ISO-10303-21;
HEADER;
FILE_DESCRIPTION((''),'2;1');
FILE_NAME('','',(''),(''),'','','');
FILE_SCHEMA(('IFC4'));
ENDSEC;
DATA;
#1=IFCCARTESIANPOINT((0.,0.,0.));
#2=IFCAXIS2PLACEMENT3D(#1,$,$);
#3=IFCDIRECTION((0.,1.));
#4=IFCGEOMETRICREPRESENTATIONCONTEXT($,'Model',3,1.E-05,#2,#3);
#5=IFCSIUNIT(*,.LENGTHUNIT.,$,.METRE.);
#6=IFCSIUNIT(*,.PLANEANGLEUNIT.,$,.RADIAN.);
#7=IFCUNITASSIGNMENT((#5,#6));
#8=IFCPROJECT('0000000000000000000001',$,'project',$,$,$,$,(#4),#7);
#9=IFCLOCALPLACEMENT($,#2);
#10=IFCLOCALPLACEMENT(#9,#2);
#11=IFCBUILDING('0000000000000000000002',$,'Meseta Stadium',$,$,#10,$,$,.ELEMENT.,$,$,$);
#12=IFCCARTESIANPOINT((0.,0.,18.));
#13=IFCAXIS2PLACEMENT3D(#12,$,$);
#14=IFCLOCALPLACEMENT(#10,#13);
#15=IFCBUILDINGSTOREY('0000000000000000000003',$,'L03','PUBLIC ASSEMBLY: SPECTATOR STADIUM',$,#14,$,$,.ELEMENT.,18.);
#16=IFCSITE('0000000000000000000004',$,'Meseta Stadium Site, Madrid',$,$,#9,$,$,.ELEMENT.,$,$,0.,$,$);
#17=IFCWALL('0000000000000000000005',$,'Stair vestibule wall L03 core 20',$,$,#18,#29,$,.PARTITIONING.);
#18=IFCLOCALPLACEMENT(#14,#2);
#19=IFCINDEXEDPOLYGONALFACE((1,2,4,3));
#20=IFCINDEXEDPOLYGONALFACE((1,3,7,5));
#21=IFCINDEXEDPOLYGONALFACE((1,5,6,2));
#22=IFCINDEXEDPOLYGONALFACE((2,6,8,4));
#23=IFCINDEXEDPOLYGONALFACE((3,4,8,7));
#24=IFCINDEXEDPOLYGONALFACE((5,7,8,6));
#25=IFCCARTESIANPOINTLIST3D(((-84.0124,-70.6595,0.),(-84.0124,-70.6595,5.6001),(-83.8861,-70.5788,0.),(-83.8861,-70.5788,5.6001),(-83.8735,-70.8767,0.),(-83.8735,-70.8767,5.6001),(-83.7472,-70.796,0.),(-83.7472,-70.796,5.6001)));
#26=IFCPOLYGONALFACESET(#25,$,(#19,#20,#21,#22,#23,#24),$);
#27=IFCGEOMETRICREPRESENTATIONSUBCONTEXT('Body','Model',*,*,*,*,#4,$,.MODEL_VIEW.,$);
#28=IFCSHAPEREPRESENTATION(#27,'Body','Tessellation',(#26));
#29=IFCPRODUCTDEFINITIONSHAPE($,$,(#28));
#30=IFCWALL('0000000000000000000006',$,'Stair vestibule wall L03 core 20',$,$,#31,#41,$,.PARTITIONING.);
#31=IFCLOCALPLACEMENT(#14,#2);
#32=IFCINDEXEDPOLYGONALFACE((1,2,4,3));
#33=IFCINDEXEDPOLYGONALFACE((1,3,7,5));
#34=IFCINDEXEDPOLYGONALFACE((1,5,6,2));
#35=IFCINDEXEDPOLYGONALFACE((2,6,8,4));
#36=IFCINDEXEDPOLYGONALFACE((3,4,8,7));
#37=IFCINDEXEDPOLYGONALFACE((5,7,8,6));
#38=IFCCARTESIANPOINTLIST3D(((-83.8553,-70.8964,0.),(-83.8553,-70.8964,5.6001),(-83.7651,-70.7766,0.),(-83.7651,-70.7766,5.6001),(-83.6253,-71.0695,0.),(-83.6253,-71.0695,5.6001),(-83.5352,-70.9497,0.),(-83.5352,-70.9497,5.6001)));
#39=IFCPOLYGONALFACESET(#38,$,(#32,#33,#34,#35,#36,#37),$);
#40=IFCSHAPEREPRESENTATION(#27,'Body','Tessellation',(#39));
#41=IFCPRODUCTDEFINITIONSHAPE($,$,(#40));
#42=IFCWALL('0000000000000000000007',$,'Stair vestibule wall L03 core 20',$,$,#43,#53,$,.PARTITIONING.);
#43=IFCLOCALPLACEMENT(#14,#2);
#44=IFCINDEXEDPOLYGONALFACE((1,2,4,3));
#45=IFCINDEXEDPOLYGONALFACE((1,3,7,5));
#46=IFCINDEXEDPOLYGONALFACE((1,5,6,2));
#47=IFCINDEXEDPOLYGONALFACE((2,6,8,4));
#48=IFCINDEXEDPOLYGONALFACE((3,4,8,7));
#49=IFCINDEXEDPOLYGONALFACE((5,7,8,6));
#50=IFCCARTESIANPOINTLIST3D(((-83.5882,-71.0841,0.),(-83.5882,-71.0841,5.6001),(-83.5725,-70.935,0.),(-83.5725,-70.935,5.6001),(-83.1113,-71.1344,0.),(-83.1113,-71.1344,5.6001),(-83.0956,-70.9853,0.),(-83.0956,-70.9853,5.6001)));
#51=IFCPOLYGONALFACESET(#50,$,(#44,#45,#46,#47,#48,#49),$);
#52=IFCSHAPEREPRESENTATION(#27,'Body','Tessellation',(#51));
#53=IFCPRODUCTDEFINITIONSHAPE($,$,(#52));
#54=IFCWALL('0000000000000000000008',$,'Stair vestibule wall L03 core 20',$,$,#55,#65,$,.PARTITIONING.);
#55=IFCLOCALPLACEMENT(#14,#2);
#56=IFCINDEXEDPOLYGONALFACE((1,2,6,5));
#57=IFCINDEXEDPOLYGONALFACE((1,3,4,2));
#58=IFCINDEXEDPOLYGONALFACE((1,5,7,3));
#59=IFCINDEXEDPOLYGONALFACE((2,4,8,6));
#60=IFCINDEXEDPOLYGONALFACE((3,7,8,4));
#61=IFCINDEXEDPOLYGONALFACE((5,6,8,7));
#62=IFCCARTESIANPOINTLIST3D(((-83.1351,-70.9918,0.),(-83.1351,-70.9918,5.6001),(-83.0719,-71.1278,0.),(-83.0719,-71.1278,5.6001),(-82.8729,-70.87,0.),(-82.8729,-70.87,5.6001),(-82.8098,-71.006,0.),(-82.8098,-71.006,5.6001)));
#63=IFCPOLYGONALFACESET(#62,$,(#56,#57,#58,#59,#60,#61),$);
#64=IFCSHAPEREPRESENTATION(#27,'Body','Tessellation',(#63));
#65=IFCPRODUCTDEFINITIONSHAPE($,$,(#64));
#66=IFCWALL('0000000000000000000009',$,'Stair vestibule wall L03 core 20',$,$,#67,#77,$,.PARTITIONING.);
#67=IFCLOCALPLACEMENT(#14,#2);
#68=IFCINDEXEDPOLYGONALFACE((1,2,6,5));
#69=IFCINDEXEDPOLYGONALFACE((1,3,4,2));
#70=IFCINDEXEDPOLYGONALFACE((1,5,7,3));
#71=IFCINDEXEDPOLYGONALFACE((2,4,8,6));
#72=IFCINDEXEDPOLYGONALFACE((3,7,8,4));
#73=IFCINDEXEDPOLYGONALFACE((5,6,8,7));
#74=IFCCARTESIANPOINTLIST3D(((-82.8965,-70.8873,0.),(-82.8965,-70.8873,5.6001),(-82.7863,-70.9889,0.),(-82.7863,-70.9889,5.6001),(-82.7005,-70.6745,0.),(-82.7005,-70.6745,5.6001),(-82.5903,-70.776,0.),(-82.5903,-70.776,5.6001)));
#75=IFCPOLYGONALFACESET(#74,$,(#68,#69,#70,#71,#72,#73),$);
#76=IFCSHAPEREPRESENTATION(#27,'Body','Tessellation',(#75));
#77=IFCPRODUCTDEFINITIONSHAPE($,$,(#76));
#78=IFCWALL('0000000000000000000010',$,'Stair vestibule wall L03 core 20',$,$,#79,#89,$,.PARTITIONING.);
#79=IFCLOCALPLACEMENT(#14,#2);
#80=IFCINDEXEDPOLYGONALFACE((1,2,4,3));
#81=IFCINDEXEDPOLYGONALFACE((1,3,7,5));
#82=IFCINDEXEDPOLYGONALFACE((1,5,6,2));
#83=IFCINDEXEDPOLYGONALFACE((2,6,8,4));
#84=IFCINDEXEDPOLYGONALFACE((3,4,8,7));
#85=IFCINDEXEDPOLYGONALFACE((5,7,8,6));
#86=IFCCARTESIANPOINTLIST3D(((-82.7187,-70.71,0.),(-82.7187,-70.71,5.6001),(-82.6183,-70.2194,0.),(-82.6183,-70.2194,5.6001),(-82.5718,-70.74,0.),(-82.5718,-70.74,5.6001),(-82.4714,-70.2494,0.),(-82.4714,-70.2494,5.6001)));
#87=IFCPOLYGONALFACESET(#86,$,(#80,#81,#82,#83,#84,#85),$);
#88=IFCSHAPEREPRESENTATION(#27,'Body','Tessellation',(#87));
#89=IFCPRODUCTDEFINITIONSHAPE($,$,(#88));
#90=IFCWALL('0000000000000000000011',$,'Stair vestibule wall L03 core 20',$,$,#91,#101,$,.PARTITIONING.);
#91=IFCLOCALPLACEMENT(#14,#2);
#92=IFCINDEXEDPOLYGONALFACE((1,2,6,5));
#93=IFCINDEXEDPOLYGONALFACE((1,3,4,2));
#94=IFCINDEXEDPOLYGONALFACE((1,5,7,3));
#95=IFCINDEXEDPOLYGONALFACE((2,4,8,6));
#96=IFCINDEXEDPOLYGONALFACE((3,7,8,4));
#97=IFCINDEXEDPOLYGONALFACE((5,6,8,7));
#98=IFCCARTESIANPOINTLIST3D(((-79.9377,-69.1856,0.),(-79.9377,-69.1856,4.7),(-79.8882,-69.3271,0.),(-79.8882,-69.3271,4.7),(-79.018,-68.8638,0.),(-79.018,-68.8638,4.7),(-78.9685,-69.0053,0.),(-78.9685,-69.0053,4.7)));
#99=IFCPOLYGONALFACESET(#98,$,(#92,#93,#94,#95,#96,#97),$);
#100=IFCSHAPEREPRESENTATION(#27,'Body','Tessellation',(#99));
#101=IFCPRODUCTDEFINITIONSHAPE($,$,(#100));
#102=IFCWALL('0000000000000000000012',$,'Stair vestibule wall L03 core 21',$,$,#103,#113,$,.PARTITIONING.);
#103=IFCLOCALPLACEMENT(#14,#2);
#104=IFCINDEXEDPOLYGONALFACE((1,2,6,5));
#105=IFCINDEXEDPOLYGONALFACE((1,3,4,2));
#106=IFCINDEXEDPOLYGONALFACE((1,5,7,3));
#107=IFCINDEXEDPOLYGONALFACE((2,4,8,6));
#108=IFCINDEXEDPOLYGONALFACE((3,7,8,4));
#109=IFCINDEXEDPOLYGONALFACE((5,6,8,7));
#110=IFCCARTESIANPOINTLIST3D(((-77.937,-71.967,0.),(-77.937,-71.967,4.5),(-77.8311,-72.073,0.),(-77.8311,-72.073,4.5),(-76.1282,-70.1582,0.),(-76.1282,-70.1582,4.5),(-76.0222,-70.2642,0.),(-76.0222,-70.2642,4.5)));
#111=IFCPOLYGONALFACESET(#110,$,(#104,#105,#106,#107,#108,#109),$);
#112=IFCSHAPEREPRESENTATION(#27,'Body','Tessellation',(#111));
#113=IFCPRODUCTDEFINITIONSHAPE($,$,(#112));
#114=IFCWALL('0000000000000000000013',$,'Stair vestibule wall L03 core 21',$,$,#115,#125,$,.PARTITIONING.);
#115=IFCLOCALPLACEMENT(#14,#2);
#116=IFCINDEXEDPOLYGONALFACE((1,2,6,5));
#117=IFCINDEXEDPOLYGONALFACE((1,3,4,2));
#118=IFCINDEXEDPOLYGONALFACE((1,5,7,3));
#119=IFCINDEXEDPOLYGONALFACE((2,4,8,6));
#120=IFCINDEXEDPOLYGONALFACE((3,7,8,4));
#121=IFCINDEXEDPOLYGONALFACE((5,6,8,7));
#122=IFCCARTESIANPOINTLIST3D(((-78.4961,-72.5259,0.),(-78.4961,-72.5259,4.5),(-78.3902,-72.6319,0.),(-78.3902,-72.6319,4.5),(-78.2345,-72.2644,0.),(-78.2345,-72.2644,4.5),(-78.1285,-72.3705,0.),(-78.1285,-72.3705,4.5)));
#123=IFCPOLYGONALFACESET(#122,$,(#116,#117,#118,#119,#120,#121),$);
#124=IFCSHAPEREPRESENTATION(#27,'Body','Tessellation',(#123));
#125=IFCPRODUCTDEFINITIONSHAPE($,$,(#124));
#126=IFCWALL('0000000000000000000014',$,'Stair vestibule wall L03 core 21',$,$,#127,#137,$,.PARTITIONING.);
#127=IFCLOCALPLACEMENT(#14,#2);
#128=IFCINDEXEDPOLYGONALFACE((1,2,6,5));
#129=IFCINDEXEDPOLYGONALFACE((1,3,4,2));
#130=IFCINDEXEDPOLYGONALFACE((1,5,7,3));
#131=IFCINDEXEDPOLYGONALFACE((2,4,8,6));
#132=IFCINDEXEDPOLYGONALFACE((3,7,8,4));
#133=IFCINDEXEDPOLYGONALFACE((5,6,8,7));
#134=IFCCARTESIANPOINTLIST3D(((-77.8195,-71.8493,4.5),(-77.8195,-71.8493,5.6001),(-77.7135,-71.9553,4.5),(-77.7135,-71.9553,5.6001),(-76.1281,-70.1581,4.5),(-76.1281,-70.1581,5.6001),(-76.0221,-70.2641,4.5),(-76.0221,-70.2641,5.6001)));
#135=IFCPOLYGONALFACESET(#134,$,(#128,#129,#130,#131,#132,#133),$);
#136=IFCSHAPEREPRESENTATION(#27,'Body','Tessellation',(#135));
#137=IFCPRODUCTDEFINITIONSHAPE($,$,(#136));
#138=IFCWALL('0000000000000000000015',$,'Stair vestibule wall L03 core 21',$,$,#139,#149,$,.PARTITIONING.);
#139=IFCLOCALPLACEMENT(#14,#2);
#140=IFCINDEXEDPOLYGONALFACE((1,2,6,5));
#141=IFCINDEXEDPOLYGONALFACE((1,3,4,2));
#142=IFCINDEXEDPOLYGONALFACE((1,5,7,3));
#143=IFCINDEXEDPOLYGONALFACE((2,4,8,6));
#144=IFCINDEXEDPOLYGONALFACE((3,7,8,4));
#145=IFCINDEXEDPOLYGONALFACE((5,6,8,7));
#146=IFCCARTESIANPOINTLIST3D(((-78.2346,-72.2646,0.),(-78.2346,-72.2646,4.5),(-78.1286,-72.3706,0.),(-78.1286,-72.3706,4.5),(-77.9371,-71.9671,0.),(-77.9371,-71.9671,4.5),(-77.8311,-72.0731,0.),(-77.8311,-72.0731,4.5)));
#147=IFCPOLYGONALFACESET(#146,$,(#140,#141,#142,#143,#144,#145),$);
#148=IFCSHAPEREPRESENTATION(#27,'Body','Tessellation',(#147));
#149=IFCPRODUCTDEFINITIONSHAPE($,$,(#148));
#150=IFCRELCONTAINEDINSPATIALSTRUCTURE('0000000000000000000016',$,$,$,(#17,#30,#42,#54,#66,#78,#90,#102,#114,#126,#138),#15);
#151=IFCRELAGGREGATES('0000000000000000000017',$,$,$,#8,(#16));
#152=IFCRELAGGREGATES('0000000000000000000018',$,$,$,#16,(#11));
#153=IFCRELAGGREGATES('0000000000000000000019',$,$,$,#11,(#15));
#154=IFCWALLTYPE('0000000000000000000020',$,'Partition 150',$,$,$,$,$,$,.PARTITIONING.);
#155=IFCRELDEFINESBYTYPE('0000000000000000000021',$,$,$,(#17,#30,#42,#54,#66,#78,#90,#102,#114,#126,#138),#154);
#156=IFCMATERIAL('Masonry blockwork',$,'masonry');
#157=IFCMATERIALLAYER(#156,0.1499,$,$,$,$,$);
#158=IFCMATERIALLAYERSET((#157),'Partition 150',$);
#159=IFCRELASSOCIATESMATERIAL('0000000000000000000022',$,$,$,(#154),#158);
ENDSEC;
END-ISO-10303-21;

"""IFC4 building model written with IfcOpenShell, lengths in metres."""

from ifc_helpers import new_model, si_unit, direction, frame, frame_2d, origin, place, context, subcontext, project, spatial, rectangle, extrude, material, layer, layer_set, type_object, element, save


model = new_model("IFC4")

# Units and contexts
model_context = context("Model", 3, precision=1e-05, world=origin(), true_north=direction((0.0, 1.0)))
body_context = subcontext(model_context, "Body", "Model", "MODEL_VIEW")
ifc_project = project(units=[si_unit("LENGTHUNIT", "METRE"), si_unit("PLANEANGLEUNIT", "RADIAN")], contexts=[model_context])

# Site, building, storey
site_placement = place(None, origin())
site = spatial("IfcSite", under=ifc_project, at=site_placement, Name="Meseta Stadium Site, Madrid", CompositionType="ELEMENT", RefElevation=0.0)
building_placement = place(site_placement, origin())
building = spatial("IfcBuilding", under=site, at=building_placement, Name="Meseta Stadium", CompositionType="ELEMENT")
storey_placement = place(building_placement, frame((0.0, 0.0, 18.0)))
storey = spatial("IfcBuildingStorey", under=building, at=storey_placement, Name="L03", Description="PUBLIC ASSEMBLY: SPECTATOR STADIUM", CompositionType="ELEMENT", Elevation=18.0)

# Shared definitions
ifc_material_1 = material(Name="Masonry blockwork", Category="masonry")
ifc_layer_1 = layer(ifc_material_1, 0.1499)
ifc_layer_set_1 = layer_set([ifc_layer_1], Name="Partition 150")
wall_type_1 = type_object("IfcWallType", Name="Partition 150", PredefinedType="PARTITIONING", material=ifc_layer_set_1)

# Walls
wall_1_placement = place(storey_placement, frame((-83.9492, -70.6191, 0.0), z_axis=(0.0, 0.0, 1.0), x_axis=(0.538651, -0.842529, 0.0)))
element("IfcWall", 1, at=wall_1_placement, inside=storey, type_object=wall_type_1, Name="Stair vestibule wall L03 core 20", PredefinedType="PARTITIONING", context=body_context, shape_type="SweptSolid", body=[
    extrude(rectangle(XDim=0.2578, YDim=0.1499, at=frame_2d((0.1289, 0.0))), origin(), (0.0, 0.0, 1.0), 5.6001),
])
wall_2_placement = place(storey_placement, frame((-83.8103, -70.8364, 0.0), z_axis=(0.0, 0.0, 1.0), x_axis=(0.798981, -0.601356, 0.0)))
element("IfcWall", 2, at=wall_2_placement, inside=storey, type_object=wall_type_1, Name="Stair vestibule wall L03 core 20", PredefinedType="PARTITIONING", context=body_context, shape_type="SweptSolid", body=[
    extrude(rectangle(XDim=0.2878, YDim=0.1499, at=frame_2d((0.144, 0.0))), origin(), (0.0, 0.0, 1.0), 5.6001),
])
wall_3_placement = place(storey_placement, frame((-83.5803, -71.0095, 0.0), z_axis=(0.0, 0.0, 1.0), x_axis=(0.994483, -0.104897, 0.0)))
element("IfcWall", 3, at=wall_3_placement, inside=storey, type_object=wall_type_1, Name="Stair vestibule wall L03 core 20", PredefinedType="PARTITIONING", context=body_context, shape_type="SweptSolid", body=[
    extrude(rectangle(XDim=0.4795, YDim=0.1499, at=frame_2d((0.2397, 0.0))), origin(), (0.0, 0.0, 1.0), 5.6001),
])
wall_4_placement = place(storey_placement, frame((-83.1035, -71.0598, 0.0), z_axis=(0.0, 0.0, 1.0), x_axis=(0.906894, 0.421359, 0.0)))
element("IfcWall", 4, at=wall_4_placement, inside=storey, type_object=wall_type_1, Name="Stair vestibule wall L03 core 20", PredefinedType="PARTITIONING", context=body_context, shape_type="SweptSolid", body=[
    extrude(rectangle(XDim=0.2891, YDim=0.1499, at=frame_2d((0.1445, 0.0))), origin(), (0.0, 0.0, 1.0), 5.6001),
])
wall_5_placement = place(storey_placement, frame((-82.8413, -70.938, 0.0), z_axis=(0.0, 0.0, 1.0), x_axis=(0.677404, 0.735611, 0.0)))
element("IfcWall", 5, at=wall_5_placement, inside=storey, type_object=wall_type_1, Name="Stair vestibule wall L03 core 20", PredefinedType="PARTITIONING", context=body_context, shape_type="SweptSolid", body=[
    extrude(rectangle(XDim=0.2893, YDim=0.1499, at=frame_2d((0.1445, 0.0))), origin(), (0.0, 0.0, 1.0), 5.6001),
])
wall_6_placement = place(storey_placement, frame((-82.6453, -70.7251, 0.0), z_axis=(0.0, 0.0, 1.0), x_axis=(0.200428, 0.979708, 0.0)))
element("IfcWall", 6, at=wall_6_placement, inside=storey, type_object=wall_type_1, Name="Stair vestibule wall L03 core 20", PredefinedType="PARTITIONING", context=body_context, shape_type="SweptSolid", body=[
    extrude(rectangle(XDim=0.5007, YDim=0.1499, at=frame_2d((0.2505, 0.0))), origin(), (0.0, 0.0, 1.0), 5.6001),
])
wall_7_placement = place(storey_placement, frame((-79.9131, -69.2563, 0.0), z_axis=(0.0, 0.0, 1.0), x_axis=(0.943894, 0.33025, 0.0)))
element("IfcWall", 7, at=wall_7_placement, inside=storey, type_object=wall_type_1, Name="Stair vestibule wall L03 core 20", PredefinedType="PARTITIONING", context=body_context, shape_type="SweptSolid", body=[
    extrude(rectangle(XDim=0.9744, YDim=0.1499, at=frame_2d((0.4873, 0.0))), origin(), (0.0, 0.0, 1.0), 4.7),
])
wall_8_placement = place(storey_placement, frame((-76.0752, -70.2112, 0.0), z_axis=(0.0, 0.0, 1.0), x_axis=(-0.707107, -0.707107, 0.0)))
element("IfcWall", 8, at=wall_8_placement, inside=storey, type_object=wall_type_1, Name="Stair vestibule wall L03 core 21", PredefinedType="PARTITIONING", context=body_context, shape_type="SweptSolid", body=[
    extrude(rectangle(XDim=2.5581, YDim=0.1499, at=frame_2d((1.2791, 0.0))), origin(), (0.0, 0.0, 1.0), 4.5),
])
wall_9_placement = place(storey_placement, frame((-78.1814, -72.3174, 0.0), z_axis=(0.0, 0.0, 1.0), x_axis=(-0.707437, -0.706777, 0.0)))
element("IfcWall", 9, at=wall_9_placement, inside=storey, type_object=wall_type_1, Name="Stair vestibule wall L03 core 21", PredefinedType="PARTITIONING", context=body_context, shape_type="SweptSolid", body=[
    extrude(rectangle(XDim=0.3699, YDim=0.1499, at=frame_2d((0.1851, 0.0))), origin(), (0.0, 0.0, 1.0), 4.5),
])
wall_10_placement = place(storey_placement, frame((-76.0752, -70.2112, 4.5), z_axis=(0.0, 0.0, 1.0), x_axis=(-0.707158, -0.707056, 0.0)))
element("IfcWall", 10, at=wall_10_placement, inside=storey, type_object=wall_type_1, Name="Stair vestibule wall L03 core 21", PredefinedType="PARTITIONING", context=body_context, shape_type="SweptSolid", body=[
    extrude(rectangle(XDim=2.3918, YDim=0.1499, at=frame_2d((1.1958, 0.0))), origin(), (0.0, 0.0, 1.0), 1.1001),
])
wall_11_placement = place(storey_placement, frame((-77.884, -72.02, 0.0), z_axis=(0.0, 0.0, 1.0), x_axis=(-0.707107, -0.707107, 0.0)))
element("IfcWall", 11, at=wall_11_placement, inside=storey, type_object=wall_type_1, Name="Stair vestibule wall L03 core 21", PredefinedType="PARTITIONING", context=body_context, shape_type="SweptSolid", body=[
    extrude(rectangle(XDim=0.4207, YDim=0.1499, at=frame_2d((0.2104, 0.0))), origin(), (0.0, 0.0, 1.0), 4.5),
])

save(model, "model.ifc")
